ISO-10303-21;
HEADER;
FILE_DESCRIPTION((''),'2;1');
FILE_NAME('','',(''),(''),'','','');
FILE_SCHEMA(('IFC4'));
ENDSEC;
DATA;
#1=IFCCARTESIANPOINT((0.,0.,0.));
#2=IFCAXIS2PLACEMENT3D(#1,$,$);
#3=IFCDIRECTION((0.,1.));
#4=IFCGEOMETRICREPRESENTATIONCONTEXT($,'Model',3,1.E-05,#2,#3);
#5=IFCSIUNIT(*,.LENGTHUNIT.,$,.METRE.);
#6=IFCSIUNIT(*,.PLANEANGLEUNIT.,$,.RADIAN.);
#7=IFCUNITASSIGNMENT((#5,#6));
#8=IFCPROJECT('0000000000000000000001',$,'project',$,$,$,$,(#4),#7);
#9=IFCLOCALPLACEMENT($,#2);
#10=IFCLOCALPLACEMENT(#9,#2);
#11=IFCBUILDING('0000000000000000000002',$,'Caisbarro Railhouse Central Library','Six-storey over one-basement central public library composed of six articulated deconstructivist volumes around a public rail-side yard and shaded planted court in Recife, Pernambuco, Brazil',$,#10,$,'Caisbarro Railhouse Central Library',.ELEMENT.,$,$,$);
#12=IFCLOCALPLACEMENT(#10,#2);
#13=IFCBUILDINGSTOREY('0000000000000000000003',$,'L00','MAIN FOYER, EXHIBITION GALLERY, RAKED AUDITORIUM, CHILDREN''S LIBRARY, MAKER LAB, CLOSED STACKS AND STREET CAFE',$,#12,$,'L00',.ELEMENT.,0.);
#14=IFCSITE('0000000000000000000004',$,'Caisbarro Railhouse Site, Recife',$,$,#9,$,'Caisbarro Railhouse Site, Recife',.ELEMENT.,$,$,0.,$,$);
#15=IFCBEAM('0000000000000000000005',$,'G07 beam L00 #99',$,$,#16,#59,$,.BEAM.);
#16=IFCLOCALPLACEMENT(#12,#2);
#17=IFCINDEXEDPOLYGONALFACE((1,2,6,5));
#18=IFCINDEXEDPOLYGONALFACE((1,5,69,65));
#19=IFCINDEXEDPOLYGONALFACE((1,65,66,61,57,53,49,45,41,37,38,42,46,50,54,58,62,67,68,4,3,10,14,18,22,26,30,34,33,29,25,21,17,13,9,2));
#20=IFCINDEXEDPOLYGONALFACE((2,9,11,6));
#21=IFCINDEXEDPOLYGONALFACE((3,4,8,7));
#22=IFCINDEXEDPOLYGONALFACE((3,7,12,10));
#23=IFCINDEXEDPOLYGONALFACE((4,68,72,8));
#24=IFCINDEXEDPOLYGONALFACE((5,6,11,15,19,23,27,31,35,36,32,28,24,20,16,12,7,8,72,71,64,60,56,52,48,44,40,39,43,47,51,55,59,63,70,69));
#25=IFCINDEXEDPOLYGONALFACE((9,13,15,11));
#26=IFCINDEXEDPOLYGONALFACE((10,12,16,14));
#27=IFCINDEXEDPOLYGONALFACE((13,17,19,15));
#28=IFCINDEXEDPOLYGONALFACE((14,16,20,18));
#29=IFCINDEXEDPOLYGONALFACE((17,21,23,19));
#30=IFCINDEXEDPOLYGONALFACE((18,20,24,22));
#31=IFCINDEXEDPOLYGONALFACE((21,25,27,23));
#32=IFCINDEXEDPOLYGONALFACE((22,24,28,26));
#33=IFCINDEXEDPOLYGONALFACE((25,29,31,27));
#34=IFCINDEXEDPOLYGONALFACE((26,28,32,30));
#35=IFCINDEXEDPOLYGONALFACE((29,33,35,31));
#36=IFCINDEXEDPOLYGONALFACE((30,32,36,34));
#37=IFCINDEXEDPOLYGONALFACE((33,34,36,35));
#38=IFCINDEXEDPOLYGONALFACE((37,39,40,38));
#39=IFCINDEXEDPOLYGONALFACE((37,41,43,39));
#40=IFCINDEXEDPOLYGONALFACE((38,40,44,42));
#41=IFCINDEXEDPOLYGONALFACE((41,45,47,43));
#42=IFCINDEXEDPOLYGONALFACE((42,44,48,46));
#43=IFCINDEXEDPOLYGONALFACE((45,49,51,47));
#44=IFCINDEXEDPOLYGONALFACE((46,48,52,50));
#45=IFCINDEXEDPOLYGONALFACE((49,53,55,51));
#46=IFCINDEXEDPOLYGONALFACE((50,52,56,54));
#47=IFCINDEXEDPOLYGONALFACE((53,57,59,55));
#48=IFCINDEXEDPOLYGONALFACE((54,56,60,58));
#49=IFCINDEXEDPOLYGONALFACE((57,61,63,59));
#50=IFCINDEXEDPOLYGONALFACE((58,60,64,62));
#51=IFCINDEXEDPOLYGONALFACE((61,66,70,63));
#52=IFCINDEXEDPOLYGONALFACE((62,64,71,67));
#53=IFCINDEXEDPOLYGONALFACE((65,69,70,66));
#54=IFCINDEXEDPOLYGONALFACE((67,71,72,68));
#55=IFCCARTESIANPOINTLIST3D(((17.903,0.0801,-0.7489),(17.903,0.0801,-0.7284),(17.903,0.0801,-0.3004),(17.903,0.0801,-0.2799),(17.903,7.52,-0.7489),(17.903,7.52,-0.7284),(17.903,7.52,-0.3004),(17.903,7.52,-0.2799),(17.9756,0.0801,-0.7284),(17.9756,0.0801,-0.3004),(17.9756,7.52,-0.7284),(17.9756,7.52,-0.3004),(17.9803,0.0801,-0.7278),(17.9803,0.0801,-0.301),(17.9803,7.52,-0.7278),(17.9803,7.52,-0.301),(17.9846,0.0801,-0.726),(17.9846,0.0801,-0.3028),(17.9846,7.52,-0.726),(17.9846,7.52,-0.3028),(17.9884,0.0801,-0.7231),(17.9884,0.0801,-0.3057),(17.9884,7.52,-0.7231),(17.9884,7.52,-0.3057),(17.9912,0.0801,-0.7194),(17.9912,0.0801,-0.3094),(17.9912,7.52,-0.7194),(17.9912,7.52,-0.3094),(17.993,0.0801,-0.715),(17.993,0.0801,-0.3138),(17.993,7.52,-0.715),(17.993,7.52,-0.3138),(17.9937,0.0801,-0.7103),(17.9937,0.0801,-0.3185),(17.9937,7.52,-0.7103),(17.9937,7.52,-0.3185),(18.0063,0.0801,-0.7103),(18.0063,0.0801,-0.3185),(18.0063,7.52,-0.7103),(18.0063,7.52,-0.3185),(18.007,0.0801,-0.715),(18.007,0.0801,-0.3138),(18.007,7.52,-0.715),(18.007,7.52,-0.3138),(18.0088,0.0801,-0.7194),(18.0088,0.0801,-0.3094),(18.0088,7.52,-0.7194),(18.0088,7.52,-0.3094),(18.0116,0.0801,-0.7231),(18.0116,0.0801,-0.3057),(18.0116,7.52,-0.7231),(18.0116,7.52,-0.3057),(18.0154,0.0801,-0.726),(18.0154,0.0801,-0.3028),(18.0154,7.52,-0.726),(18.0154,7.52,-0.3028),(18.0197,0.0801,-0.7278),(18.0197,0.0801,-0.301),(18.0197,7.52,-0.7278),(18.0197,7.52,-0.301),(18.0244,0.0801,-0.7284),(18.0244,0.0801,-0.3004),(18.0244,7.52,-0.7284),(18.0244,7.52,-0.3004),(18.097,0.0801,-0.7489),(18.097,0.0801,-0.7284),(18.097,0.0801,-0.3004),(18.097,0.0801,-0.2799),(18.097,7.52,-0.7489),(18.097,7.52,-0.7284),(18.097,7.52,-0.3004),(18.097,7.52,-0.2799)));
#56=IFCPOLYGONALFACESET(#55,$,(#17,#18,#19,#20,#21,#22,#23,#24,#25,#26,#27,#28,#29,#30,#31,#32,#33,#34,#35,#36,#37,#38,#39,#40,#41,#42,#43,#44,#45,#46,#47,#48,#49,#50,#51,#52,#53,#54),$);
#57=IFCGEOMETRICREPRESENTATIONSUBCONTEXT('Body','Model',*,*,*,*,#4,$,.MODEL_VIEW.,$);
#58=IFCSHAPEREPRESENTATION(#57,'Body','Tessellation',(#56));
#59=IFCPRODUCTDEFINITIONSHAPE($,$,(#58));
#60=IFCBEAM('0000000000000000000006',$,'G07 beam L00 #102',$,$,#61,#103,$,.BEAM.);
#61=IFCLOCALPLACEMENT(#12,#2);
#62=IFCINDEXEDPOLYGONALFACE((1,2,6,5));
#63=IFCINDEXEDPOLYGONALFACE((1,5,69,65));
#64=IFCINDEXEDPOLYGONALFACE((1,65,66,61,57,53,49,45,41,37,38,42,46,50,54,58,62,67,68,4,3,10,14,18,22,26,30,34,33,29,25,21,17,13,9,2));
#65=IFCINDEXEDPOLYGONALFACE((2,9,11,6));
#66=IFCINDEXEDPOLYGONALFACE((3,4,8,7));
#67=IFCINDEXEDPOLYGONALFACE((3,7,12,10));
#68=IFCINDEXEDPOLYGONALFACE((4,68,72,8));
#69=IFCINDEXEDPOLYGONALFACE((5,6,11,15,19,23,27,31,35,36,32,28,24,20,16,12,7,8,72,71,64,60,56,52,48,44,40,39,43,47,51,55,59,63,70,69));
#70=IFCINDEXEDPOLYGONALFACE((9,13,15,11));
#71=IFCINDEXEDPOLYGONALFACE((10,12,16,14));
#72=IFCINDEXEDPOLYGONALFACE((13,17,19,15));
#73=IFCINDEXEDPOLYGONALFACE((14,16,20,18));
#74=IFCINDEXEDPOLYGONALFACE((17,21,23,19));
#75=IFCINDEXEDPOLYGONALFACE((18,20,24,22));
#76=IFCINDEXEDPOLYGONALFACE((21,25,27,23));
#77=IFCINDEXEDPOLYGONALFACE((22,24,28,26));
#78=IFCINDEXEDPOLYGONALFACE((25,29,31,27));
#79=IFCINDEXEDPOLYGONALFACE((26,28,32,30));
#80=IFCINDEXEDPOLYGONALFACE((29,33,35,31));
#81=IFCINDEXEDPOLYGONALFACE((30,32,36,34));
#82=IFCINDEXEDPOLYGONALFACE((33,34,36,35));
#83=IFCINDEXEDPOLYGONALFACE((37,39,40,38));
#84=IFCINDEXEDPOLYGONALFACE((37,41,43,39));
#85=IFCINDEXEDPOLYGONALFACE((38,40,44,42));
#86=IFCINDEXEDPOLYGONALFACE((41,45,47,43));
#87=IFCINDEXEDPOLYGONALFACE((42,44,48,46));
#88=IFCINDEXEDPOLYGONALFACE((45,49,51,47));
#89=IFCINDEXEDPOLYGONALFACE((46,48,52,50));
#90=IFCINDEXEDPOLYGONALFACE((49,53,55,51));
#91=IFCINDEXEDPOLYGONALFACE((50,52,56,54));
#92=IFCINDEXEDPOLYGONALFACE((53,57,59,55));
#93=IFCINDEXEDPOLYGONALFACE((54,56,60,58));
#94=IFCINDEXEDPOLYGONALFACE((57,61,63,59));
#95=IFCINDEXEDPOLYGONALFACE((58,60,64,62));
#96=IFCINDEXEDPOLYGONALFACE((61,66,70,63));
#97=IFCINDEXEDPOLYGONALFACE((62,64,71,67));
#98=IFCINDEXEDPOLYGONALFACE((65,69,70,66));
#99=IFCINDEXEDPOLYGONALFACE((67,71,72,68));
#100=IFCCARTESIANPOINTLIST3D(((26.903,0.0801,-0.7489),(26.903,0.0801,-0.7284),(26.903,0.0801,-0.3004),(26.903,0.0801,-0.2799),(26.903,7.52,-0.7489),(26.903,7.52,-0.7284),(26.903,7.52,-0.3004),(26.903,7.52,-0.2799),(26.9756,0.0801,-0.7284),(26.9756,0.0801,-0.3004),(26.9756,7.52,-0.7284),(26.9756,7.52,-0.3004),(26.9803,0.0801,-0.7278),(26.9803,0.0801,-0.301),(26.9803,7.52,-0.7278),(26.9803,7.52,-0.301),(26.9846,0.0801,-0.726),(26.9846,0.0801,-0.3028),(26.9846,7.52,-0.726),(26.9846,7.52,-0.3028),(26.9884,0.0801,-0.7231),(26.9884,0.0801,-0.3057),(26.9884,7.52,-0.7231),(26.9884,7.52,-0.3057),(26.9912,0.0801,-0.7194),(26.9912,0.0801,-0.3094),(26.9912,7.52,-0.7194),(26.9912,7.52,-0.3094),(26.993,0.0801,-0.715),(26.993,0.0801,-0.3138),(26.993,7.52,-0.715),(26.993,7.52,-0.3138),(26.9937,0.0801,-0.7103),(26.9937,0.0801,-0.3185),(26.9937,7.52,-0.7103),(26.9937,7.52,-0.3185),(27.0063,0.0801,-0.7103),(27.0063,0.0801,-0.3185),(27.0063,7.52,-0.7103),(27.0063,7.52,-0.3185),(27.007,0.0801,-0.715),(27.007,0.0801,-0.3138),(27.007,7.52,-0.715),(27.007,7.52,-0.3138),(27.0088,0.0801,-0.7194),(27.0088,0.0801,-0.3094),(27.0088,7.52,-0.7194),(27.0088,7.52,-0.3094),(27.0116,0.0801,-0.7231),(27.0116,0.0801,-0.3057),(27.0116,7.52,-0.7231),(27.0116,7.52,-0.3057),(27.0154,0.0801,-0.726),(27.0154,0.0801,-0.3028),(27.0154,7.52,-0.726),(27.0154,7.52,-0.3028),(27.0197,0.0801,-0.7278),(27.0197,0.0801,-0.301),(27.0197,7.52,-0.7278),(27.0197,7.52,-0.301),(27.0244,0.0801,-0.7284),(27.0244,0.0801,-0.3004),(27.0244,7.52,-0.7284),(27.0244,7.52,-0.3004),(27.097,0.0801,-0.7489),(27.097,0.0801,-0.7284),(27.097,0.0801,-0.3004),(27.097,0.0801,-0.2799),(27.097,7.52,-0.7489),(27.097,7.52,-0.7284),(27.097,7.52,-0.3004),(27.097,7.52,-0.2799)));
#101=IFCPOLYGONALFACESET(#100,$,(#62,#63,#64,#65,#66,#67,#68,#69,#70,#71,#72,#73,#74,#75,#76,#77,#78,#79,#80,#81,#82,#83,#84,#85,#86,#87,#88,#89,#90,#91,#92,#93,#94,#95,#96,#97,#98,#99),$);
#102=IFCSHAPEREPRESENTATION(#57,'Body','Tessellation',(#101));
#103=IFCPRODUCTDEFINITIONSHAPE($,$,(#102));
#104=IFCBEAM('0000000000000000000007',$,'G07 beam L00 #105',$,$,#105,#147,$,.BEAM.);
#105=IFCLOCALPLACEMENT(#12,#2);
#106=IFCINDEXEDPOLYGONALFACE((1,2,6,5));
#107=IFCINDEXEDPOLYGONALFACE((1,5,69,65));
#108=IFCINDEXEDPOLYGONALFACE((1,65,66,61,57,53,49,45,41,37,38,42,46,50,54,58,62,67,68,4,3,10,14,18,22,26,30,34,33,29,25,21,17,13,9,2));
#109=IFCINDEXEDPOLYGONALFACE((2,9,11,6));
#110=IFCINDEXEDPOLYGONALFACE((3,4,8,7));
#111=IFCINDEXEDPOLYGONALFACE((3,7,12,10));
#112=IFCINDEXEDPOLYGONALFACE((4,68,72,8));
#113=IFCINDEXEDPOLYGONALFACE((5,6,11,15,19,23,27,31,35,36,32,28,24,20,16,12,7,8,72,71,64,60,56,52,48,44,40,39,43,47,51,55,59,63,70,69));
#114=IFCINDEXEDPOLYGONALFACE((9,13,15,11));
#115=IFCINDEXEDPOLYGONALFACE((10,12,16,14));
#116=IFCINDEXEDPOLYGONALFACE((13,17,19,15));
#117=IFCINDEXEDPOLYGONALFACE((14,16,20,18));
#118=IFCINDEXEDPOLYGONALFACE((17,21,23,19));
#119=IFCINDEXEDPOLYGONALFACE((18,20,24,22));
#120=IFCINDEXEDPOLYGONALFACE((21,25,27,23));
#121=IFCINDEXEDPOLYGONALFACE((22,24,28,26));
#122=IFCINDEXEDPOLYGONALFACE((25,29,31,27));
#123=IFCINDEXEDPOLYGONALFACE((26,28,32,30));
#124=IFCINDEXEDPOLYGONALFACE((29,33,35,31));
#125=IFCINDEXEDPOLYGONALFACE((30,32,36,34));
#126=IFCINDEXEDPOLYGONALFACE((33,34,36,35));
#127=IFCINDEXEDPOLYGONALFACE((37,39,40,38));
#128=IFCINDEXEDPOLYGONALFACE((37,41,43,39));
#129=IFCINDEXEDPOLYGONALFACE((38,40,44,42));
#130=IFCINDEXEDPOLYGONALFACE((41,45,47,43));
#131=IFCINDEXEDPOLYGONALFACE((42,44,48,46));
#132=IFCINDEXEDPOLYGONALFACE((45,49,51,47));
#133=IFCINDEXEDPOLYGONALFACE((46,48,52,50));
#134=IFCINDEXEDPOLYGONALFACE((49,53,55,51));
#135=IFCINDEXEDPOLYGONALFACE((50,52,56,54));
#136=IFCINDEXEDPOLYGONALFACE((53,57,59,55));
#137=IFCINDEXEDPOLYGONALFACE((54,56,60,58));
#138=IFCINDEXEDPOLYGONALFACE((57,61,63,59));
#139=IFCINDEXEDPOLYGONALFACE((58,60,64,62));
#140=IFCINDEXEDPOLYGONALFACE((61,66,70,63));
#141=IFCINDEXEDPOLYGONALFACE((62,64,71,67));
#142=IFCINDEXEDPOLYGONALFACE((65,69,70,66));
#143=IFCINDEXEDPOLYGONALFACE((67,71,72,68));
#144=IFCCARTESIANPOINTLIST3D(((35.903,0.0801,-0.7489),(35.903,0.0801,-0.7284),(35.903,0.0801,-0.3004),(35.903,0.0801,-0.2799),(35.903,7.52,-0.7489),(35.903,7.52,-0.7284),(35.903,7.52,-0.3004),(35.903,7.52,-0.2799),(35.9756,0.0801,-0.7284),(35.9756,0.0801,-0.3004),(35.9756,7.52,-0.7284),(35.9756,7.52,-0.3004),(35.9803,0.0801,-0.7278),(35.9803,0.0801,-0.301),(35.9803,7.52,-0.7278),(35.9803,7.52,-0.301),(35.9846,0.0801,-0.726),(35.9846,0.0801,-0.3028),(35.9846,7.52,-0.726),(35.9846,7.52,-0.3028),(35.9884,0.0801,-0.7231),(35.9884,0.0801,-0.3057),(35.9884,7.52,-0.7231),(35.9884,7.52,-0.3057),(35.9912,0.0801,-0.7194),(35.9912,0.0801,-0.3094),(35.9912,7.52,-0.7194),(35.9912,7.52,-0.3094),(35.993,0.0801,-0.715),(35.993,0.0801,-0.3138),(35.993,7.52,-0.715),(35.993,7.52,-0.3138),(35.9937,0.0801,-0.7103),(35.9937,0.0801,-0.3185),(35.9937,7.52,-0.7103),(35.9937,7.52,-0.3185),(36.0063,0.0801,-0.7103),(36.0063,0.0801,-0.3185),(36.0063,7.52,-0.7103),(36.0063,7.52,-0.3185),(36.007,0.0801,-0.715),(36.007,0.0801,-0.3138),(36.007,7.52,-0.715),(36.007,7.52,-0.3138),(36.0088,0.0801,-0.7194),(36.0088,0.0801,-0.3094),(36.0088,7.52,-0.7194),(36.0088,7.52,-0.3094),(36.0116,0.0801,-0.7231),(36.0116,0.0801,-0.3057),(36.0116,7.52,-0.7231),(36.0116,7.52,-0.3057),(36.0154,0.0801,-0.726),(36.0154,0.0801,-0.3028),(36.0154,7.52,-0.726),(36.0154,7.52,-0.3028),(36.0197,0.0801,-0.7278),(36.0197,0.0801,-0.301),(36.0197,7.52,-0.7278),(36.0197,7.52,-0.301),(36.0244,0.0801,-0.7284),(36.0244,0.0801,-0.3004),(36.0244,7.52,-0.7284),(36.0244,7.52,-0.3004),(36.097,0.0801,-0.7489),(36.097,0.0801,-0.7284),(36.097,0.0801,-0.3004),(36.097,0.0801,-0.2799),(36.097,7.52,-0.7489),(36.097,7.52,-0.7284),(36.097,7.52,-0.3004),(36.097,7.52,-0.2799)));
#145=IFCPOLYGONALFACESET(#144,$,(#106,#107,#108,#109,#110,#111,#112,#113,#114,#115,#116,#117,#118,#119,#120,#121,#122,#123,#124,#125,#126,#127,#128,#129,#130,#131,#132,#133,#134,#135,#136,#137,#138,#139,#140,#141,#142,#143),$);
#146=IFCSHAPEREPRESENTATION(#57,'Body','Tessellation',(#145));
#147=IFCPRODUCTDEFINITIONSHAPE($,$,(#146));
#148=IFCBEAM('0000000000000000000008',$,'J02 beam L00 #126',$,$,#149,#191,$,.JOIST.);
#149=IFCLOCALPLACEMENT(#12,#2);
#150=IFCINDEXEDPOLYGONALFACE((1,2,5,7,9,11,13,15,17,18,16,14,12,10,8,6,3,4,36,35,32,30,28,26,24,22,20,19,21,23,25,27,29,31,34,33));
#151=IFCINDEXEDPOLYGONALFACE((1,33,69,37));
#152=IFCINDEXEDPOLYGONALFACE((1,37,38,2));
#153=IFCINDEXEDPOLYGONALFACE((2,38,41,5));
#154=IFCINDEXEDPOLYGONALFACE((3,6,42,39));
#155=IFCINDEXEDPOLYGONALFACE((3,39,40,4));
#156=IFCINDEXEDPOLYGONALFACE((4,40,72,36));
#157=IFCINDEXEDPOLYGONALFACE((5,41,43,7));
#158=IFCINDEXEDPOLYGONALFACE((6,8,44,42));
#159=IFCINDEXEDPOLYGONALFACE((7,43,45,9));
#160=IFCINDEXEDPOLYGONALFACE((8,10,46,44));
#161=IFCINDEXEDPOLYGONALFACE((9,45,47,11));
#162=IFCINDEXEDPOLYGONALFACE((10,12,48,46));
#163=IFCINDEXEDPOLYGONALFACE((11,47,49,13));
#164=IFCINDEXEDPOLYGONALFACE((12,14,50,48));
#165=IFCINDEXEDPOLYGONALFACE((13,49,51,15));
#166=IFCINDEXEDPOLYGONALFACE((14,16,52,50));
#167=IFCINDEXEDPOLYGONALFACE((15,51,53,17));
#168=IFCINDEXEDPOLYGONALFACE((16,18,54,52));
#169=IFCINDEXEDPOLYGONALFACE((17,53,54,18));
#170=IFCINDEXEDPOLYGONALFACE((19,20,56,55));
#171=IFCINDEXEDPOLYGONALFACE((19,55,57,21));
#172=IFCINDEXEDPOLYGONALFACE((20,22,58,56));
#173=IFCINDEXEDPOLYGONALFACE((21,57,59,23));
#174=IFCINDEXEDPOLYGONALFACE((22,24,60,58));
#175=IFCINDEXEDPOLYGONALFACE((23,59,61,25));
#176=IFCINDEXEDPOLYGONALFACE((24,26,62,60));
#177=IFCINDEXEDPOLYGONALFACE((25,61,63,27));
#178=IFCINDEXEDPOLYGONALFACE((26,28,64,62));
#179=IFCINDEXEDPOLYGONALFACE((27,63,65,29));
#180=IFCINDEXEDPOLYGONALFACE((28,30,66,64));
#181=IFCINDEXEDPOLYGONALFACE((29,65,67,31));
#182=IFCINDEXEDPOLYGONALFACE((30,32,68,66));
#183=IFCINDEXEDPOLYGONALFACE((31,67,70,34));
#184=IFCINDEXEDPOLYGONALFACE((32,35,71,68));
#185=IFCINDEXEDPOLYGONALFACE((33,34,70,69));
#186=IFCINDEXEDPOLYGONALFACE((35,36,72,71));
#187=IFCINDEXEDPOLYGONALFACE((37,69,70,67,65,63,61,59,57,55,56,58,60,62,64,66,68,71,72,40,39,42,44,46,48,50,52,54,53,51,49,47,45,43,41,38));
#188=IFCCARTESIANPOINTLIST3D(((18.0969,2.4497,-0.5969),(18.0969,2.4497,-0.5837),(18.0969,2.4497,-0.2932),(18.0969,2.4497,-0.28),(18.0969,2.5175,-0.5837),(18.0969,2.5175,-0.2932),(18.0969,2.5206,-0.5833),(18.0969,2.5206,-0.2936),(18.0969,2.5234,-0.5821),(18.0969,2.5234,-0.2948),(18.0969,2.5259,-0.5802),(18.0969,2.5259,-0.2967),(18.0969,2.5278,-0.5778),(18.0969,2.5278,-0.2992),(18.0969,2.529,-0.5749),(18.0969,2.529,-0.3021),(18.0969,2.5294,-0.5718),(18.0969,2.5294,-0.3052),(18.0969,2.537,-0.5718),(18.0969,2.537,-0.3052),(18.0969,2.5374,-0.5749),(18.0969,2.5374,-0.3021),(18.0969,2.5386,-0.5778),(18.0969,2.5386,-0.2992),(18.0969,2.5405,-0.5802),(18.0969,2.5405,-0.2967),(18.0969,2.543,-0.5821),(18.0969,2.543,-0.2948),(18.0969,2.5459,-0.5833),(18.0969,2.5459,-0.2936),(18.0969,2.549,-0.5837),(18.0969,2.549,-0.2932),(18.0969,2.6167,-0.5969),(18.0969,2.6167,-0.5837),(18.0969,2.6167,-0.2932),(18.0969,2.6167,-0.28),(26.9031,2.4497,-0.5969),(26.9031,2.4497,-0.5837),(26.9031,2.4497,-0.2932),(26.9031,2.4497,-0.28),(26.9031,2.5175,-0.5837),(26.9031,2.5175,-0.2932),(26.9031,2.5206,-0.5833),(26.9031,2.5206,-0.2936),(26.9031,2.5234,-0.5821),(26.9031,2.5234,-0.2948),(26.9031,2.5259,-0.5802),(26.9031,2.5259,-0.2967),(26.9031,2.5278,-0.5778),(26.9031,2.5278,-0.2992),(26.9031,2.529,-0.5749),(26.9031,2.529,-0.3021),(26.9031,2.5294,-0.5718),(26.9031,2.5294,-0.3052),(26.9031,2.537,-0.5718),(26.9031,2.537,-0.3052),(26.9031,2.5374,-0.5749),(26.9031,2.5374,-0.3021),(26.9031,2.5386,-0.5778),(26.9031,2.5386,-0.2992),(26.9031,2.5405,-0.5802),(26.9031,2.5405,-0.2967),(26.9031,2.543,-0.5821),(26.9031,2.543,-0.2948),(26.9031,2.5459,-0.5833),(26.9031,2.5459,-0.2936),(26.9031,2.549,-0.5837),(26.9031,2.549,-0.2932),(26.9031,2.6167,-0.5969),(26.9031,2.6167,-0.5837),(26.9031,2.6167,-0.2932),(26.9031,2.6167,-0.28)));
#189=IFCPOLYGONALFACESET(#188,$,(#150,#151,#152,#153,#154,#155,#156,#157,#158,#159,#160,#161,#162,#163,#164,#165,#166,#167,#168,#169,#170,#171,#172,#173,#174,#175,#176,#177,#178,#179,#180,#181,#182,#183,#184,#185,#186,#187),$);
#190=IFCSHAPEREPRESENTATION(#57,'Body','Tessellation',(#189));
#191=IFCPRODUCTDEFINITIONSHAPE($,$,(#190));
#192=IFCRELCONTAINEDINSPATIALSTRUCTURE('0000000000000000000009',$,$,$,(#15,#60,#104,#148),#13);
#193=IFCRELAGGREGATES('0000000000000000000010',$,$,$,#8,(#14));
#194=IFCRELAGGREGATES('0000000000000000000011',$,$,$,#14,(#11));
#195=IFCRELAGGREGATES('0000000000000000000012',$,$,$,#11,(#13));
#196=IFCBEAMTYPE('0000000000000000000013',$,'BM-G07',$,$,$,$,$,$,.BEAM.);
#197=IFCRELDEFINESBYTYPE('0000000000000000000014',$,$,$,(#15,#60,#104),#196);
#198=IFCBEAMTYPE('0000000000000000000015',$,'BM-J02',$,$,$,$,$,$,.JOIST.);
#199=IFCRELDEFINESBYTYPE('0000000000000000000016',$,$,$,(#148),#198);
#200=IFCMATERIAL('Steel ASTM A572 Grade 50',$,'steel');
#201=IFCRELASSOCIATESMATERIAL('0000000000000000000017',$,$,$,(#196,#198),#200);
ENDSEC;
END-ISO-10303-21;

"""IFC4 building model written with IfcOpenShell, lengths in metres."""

from ifc_helpers import new_model, si_unit, direction, frame, origin, origin_2d, place, context, subcontext, project, spatial, i_section, extrude, material, material_profile, profile_set, type_object, element, save


model = new_model("IFC4")

# Units and contexts
model_context = context("Model", 3, precision=1e-05, world=origin(), true_north=direction((0.0, 1.0)))
body_context = subcontext(model_context, "Body", "Model", "MODEL_VIEW")
ifc_project = project(units=[si_unit("LENGTHUNIT", "METRE"), si_unit("PLANEANGLEUNIT", "RADIAN")], contexts=[model_context])

# Site, building, storey
site_placement = place(None, origin())
site = spatial("IfcSite", under=ifc_project, at=site_placement, Name="Caisbarro Railhouse Site, Recife", LongName="Caisbarro Railhouse Site, Recife", CompositionType="ELEMENT", RefElevation=0.0)
building_placement = place(site_placement, origin())
building = spatial("IfcBuilding", under=site, at=building_placement, Name="Caisbarro Railhouse Central Library", Description="Six-storey over one-basement central public library composed of six articulated deconstructivist volumes around a public rail-side yard and shaded planted court in Recife, Pernambuco, Brazil", LongName="Caisbarro Railhouse Central Library", CompositionType="ELEMENT")
storey_placement = place(building_placement, origin())
storey = spatial("IfcBuildingStorey", under=building, at=storey_placement, Name="L00", Description="MAIN FOYER, EXHIBITION GALLERY, RAKED AUDITORIUM, CHILDREN'S LIBRARY, MAKER LAB, CLOSED STACKS AND STREET CAFE", LongName="L00", CompositionType="ELEMENT", Elevation=0.0)

# Shared definitions
ifc_material_1 = material(Name="Steel ASTM A572 Grade 50", Category="steel")

# Beams
ifc_material_profile_1 = material_profile(ifc_material_1, i_section(OverallWidth=0.1941, OverallDepth=0.469, WebThickness=0.0127, FlangeThickness=0.0205, FilletRadius=0.0181, at=origin_2d()), Name="W460X106.0")
ifc_profile_set_1 = profile_set([ifc_material_profile_1], Name="Steel ASTM A572 Grade 50")
beam_type_1 = type_object("IfcBeamType", Name="BM-G07", PredefinedType="BEAM", material=ifc_profile_set_1)
for number, where, z_axis, x_axis, name in (
    (1, (18.0, 0.0801, -0.5144), (0.0, 1.0, 0.0), (-1.0, 0.0, 0.0), "G07 beam L00 #99"),
    (2, (27.0, 0.0801, -0.5144), (0.0, 1.0, 0.0), (-1.0, 0.0, 0.0), "G07 beam L00 #102"),
    (3, (36.0, 0.0801, -0.5144), (0.0, 1.0, 0.0), (-1.0, 0.0, 0.0), "G07 beam L00 #105"),
):
    element("IfcBeam", number, at=place(storey_placement, frame(where, z_axis=z_axis, x_axis=x_axis)), inside=storey, type_object=beam_type_1, Name=name, PredefinedType="BEAM", context=body_context, shape_type="SweptSolid", body=[
        extrude(i_section(OverallWidth=0.1941, OverallDepth=0.469, WebThickness=0.0127, FlangeThickness=0.0205, FilletRadius=0.0181, at=origin_2d()), origin(), (0.0, 0.0, 1.0), 7.4399),
    ])
ifc_material_profile_2 = material_profile(ifc_material_1, i_section(OverallWidth=0.167, OverallDepth=0.3169, WebThickness=0.0076, FlangeThickness=0.0132, FilletRadius=0.012, at=origin_2d()), Name="W310X52.0")
ifc_profile_set_2 = profile_set([ifc_material_profile_2], Name="Steel ASTM A572 Grade 50")
beam_type_2 = type_object("IfcBeamType", Name="BM-J02", PredefinedType="JOIST", material=ifc_profile_set_2)
for number, where, z_axis, x_axis, name in (
    (4, (18.0969, 2.5332, -0.4385), (1.0, 0.0, 0.0), (0.0, 1.0, 0.0), "J02 beam L00 #126"),
):
    element("IfcBeam", number, at=place(storey_placement, frame(where, z_axis=z_axis, x_axis=x_axis)), inside=storey, type_object=beam_type_2, Name=name, PredefinedType="JOIST", context=body_context, shape_type="SweptSolid", body=[
        extrude(i_section(OverallWidth=0.167, OverallDepth=0.3169, WebThickness=0.0076, FlangeThickness=0.0132, FilletRadius=0.012, at=origin_2d()), origin(), (0.0, 0.0, 1.0), 8.8062),
    ])

save(model, "model.ifc")
